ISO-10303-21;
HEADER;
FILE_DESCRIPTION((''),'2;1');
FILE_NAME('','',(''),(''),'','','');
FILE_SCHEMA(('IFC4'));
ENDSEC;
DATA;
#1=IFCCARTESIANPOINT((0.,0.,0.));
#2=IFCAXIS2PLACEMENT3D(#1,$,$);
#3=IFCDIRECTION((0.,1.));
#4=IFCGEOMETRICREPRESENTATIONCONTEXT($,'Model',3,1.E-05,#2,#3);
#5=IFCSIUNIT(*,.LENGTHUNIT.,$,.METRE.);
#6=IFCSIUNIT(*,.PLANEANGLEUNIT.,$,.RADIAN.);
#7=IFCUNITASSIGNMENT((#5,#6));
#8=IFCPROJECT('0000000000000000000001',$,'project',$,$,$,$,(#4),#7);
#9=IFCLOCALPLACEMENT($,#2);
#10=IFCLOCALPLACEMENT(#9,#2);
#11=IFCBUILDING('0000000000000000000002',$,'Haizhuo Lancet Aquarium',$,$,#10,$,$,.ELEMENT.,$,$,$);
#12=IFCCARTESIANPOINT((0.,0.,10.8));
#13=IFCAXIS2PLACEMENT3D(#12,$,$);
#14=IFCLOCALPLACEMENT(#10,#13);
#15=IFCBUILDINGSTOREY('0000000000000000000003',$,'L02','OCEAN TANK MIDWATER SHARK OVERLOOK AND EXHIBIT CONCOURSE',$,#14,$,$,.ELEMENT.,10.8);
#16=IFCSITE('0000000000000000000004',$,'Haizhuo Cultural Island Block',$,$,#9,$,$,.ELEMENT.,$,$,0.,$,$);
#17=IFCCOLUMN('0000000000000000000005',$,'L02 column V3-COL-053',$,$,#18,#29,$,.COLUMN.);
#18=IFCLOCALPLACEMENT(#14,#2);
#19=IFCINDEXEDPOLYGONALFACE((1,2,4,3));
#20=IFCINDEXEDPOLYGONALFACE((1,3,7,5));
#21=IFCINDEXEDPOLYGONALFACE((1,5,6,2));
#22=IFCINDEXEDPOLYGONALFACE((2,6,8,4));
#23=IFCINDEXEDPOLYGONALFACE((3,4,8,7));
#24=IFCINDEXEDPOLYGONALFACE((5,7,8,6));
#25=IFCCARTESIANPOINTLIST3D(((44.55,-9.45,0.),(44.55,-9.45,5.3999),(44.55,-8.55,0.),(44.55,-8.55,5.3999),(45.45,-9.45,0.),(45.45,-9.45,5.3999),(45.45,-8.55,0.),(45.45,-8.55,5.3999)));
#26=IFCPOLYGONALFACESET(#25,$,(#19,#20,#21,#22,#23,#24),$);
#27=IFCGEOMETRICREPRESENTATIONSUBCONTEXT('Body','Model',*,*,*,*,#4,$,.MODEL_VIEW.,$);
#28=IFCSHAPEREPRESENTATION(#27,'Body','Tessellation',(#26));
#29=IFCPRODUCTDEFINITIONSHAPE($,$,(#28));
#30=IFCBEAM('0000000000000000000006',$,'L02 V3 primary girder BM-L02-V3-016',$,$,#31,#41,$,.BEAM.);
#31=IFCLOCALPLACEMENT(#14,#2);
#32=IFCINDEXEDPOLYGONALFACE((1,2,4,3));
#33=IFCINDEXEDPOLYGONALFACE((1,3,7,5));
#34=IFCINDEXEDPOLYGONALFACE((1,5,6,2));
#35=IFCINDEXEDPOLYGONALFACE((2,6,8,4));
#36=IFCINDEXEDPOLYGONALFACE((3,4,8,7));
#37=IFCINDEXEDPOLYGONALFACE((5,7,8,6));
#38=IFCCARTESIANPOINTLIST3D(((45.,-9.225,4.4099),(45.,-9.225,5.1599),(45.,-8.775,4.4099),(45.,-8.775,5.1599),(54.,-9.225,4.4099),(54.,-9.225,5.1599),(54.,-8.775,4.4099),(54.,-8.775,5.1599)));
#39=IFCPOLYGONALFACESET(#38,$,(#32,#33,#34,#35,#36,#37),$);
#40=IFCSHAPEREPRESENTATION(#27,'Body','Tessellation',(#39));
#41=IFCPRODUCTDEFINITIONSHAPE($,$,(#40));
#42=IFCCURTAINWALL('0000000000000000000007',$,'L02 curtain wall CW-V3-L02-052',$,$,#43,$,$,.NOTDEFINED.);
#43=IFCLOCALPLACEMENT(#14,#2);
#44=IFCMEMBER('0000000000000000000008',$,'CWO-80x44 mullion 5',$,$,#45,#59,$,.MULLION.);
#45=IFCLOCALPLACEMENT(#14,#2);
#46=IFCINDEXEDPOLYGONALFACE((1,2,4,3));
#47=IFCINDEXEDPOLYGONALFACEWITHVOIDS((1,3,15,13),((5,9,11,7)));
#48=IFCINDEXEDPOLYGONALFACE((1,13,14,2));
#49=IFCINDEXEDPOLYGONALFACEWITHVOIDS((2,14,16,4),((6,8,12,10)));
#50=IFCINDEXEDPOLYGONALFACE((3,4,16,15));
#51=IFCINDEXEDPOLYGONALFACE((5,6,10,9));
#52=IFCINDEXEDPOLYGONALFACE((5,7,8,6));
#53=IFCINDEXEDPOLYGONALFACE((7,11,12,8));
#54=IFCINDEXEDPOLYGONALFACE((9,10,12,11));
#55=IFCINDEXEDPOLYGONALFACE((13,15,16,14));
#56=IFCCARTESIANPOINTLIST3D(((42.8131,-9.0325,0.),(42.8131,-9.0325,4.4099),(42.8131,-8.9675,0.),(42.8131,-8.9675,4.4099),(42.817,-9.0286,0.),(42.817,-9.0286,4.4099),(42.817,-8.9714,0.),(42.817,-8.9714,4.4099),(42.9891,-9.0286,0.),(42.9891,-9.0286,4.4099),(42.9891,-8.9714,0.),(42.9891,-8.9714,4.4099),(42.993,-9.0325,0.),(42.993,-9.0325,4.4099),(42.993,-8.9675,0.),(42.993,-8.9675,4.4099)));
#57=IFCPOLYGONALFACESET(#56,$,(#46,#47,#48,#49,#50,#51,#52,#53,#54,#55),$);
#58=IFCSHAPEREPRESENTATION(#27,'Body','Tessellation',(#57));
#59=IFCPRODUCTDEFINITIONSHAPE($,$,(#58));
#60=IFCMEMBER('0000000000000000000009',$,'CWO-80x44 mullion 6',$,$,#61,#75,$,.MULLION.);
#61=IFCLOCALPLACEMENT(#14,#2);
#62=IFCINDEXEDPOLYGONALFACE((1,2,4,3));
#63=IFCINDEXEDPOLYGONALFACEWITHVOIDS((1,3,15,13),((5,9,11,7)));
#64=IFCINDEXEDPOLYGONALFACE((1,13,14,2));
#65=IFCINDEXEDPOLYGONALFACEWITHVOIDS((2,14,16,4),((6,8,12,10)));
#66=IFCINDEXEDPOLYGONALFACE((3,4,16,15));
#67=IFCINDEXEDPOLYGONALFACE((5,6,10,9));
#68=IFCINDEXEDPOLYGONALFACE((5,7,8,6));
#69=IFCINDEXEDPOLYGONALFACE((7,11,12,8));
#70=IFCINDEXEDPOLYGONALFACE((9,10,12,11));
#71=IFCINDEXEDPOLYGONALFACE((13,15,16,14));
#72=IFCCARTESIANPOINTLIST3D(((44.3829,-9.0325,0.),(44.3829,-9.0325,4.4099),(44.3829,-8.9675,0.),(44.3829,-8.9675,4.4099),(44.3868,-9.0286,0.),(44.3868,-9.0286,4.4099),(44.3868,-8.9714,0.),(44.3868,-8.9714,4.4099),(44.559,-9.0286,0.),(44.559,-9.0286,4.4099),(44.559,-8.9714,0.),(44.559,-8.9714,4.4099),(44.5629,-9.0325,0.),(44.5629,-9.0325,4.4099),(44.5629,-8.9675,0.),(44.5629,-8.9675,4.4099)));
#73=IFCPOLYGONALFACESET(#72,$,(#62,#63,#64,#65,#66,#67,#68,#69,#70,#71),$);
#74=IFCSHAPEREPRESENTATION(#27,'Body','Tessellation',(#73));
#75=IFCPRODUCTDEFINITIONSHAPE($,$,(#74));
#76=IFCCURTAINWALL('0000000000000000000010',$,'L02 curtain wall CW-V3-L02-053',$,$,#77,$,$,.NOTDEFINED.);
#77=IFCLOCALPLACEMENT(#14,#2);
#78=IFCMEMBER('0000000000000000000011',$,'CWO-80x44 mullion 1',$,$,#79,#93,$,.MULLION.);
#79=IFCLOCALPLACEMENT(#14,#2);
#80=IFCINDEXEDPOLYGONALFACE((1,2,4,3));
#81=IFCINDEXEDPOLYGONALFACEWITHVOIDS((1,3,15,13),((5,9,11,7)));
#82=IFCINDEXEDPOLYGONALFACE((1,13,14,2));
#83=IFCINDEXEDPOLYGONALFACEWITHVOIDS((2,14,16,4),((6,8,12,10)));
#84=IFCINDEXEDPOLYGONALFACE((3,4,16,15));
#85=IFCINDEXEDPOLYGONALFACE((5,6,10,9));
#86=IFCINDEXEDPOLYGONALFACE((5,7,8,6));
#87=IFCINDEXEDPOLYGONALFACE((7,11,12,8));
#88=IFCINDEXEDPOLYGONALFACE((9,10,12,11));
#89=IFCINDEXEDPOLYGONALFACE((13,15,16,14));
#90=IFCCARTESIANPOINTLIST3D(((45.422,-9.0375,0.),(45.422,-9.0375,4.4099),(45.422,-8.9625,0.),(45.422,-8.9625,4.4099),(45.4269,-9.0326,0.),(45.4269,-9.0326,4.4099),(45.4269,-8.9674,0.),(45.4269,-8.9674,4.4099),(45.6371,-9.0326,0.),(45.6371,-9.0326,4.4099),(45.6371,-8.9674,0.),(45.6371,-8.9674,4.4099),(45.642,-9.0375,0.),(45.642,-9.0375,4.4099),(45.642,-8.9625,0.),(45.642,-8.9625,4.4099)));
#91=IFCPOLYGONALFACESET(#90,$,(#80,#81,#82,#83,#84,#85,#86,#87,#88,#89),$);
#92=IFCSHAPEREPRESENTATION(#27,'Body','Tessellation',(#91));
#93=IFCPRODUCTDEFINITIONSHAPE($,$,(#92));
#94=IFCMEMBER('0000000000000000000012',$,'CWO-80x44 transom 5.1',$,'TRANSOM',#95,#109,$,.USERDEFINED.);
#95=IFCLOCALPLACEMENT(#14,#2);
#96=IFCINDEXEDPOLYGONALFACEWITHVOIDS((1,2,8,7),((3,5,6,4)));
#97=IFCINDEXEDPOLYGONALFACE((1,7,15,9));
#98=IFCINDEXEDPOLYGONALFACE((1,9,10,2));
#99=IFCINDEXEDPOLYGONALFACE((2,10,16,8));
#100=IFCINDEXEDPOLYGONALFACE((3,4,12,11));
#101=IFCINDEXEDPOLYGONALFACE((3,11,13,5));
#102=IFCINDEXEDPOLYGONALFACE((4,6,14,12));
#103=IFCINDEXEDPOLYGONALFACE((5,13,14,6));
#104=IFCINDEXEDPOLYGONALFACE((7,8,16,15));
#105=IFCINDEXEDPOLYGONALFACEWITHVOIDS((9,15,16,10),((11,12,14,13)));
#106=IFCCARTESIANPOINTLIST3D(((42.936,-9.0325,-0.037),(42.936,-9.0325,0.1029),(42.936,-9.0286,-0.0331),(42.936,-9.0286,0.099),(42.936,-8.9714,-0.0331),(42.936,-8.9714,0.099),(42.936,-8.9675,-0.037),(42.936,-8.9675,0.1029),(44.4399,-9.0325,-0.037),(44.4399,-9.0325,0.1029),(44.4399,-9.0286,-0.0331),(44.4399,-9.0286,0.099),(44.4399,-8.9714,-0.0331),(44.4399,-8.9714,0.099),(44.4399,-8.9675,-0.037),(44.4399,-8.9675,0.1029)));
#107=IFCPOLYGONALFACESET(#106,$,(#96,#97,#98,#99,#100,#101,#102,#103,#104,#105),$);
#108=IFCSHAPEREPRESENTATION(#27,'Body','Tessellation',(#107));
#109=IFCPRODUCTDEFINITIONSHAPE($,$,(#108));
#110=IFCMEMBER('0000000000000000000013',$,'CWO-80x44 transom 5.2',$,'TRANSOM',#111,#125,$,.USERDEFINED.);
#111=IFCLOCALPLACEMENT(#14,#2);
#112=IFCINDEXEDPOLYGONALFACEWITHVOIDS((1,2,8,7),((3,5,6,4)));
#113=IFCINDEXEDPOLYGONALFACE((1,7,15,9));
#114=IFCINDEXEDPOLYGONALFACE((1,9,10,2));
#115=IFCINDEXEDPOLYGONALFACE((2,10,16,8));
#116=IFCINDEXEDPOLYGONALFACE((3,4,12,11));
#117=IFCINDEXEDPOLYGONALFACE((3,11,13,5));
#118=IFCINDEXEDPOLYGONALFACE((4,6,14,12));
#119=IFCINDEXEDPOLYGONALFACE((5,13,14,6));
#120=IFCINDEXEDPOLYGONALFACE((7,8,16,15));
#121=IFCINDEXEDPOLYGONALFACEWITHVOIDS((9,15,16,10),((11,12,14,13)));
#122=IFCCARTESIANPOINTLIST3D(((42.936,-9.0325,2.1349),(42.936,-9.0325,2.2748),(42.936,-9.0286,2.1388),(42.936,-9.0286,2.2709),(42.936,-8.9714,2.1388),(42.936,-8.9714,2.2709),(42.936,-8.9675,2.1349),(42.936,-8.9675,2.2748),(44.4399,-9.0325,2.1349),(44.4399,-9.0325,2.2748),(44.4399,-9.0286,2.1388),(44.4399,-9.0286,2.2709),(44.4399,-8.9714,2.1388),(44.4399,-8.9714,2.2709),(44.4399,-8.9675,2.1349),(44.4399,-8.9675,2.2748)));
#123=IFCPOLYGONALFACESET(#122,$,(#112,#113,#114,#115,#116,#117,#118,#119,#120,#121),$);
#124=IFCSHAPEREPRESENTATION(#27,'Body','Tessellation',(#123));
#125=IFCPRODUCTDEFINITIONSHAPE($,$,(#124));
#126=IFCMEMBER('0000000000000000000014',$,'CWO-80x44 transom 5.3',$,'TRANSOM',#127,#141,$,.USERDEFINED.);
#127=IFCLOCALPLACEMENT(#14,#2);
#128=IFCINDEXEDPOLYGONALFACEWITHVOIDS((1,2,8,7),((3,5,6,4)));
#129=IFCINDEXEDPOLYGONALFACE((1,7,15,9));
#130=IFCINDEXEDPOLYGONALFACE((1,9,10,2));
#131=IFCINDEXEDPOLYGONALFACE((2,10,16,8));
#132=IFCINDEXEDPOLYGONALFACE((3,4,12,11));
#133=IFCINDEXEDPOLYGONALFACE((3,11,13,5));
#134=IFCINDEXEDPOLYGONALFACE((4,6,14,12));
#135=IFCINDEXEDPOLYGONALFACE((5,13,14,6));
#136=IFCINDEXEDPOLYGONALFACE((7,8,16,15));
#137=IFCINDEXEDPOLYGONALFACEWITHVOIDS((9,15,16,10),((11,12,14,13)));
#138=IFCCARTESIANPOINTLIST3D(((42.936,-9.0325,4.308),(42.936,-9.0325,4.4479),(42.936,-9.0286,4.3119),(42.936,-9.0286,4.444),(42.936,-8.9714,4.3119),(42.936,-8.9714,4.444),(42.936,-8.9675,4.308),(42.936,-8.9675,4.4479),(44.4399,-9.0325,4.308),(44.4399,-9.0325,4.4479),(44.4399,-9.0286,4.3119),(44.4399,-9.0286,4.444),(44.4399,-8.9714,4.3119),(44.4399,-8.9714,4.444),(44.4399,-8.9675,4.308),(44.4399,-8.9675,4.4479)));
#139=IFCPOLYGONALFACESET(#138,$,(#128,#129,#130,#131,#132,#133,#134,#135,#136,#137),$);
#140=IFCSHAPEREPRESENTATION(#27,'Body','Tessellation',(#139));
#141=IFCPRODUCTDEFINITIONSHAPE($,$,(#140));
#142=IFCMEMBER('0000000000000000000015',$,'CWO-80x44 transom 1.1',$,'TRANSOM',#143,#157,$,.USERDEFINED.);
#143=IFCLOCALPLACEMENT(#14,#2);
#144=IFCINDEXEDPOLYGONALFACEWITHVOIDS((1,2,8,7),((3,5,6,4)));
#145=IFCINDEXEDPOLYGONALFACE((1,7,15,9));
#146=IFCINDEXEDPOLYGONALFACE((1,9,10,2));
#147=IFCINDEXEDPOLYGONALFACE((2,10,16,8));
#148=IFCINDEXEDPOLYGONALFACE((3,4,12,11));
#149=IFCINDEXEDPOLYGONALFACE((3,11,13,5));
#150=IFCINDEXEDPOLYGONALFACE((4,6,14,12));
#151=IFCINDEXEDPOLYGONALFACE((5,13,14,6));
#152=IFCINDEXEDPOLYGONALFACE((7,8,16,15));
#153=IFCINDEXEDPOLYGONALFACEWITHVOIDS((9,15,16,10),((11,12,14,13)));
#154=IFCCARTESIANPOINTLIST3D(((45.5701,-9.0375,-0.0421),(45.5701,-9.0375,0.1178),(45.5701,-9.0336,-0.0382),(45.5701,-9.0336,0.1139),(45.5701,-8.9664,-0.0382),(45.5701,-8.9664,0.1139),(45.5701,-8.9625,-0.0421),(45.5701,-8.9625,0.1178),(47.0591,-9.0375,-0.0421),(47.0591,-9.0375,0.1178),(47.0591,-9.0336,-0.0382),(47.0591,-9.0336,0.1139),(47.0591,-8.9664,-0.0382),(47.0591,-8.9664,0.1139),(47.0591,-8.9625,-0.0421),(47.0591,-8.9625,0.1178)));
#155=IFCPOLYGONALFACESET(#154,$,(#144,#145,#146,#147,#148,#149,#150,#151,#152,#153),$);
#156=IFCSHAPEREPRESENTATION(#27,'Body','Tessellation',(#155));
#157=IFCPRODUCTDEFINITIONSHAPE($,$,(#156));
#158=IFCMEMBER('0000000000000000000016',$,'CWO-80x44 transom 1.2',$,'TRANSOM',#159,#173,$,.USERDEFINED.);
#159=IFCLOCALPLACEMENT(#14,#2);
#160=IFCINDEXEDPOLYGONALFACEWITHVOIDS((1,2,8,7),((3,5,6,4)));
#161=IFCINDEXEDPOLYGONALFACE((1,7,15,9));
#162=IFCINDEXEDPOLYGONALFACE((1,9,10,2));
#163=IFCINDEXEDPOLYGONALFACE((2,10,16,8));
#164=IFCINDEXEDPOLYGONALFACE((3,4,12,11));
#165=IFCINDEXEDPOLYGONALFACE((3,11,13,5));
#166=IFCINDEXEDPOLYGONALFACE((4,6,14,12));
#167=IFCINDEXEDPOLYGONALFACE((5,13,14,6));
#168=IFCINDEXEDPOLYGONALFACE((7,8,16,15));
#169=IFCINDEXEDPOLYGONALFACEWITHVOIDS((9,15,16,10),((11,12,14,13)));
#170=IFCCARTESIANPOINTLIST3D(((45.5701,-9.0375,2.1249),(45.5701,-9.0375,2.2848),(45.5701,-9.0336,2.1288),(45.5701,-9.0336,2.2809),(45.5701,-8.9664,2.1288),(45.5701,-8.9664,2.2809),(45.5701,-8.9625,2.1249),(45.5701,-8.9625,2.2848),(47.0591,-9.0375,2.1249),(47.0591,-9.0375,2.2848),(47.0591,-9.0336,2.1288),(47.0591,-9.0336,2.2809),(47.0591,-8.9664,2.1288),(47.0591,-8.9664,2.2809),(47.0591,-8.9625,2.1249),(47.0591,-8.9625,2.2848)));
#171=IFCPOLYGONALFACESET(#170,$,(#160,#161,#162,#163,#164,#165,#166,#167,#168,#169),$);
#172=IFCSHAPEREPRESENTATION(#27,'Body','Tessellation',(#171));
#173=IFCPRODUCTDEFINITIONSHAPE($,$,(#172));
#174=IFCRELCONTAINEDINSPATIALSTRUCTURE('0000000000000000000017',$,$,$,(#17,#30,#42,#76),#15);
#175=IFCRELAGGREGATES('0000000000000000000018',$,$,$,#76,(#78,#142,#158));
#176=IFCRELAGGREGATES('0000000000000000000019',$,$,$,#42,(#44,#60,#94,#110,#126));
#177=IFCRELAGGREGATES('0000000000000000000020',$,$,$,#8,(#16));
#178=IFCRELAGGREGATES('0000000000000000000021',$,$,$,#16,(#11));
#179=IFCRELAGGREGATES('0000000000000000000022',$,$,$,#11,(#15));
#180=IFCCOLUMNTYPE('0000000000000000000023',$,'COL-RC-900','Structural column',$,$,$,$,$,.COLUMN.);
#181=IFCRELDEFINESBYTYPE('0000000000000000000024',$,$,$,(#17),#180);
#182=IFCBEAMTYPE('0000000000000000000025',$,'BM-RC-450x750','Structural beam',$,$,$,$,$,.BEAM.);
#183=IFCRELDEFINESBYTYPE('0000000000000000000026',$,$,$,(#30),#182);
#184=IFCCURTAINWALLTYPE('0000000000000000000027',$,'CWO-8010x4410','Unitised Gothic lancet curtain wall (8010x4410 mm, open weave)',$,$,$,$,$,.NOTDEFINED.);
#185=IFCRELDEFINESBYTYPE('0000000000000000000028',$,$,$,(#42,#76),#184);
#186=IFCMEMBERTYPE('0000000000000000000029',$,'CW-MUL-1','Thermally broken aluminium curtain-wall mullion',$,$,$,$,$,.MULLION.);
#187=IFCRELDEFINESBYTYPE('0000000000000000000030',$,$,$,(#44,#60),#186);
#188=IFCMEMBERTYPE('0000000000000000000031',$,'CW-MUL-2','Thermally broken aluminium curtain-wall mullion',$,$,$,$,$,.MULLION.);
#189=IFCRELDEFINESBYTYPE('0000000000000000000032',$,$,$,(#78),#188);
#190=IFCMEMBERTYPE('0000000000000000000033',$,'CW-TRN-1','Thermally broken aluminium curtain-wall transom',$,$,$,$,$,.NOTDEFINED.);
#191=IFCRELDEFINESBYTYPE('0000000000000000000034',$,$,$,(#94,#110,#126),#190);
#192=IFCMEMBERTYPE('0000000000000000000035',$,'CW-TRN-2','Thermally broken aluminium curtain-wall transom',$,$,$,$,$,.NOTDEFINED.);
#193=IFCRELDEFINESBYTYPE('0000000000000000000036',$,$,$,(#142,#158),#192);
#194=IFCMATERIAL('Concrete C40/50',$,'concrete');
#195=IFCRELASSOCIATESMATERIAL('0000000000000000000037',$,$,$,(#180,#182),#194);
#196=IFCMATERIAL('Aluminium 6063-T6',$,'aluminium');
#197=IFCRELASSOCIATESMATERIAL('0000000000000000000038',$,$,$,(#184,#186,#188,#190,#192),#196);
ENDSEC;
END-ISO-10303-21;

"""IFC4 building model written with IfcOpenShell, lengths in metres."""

from ifc_helpers import new_model, si_unit, direction, frame, origin, origin_2d, place, context, subcontext, project, spatial, rectangle, hollow_rectangle, extrude, material, material_profile, profile_set, type_object, element, aggregate, save


model = new_model("IFC4")

# Units and contexts
model_context = context("Model", 3, precision=1e-05, world=origin(), true_north=direction((0.0, 1.0)))
body_context = subcontext(model_context, "Body", "Model", "MODEL_VIEW")
ifc_project = project(units=[si_unit("LENGTHUNIT", "METRE"), si_unit("PLANEANGLEUNIT", "RADIAN")], contexts=[model_context])

# Site, building, storey
site_placement = place(None, origin())
site = spatial("IfcSite", under=ifc_project, at=site_placement, Name="Haizhuo Cultural Island Block", CompositionType="ELEMENT", RefElevation=0.0)
building_placement = place(site_placement, origin())
building = spatial("IfcBuilding", under=site, at=building_placement, Name="Haizhuo Lancet Aquarium", CompositionType="ELEMENT")
storey_placement = place(building_placement, frame((0.0, 0.0, 10.8)))
storey = spatial("IfcBuildingStorey", under=building, at=storey_placement, Name="L02", Description="OCEAN TANK MIDWATER SHARK OVERLOOK AND EXHIBIT CONCOURSE", CompositionType="ELEMENT", Elevation=10.8)

# Column
ifc_material_1 = material(Name="Concrete C40/50", Category="concrete")
ifc_material_profile_1 = material_profile(ifc_material_1, rectangle(XDim=0.8999, YDim=0.8999, at=origin_2d()), Name="RC-COL 900x900")
ifc_profile_set_1 = profile_set([ifc_material_profile_1], Name="Concrete C40/50")
column_type = type_object("IfcColumnType", Name="COL-RC-900", Description="Structural column", PredefinedType="COLUMN", material=ifc_profile_set_1)
column_placement = place(storey_placement, frame((45.0, -9.0, 0.0), z_axis=(0.0, 0.0, 1.0), x_axis=(1.0, 0.0, 0.0)))
element("IfcColumn", 1, at=column_placement, inside=storey, type_object=column_type, Name="L02 column V3-COL-053", PredefinedType="COLUMN", context=body_context, shape_type="SweptSolid", body=[
    extrude(rectangle(XDim=0.8999, YDim=0.8999, at=origin_2d()), origin(), (0.0, 0.0, 1.0), 5.3999),
])

# Beam
ifc_material_profile_2 = material_profile(ifc_material_1, rectangle(XDim=0.45, YDim=0.75, at=origin_2d()), Name="RC-BM 450x750")
ifc_profile_set_2 = profile_set([ifc_material_profile_2], Name="Concrete C40/50")
beam_type = type_object("IfcBeamType", Name="BM-RC-450x750", Description="Structural beam", PredefinedType="BEAM", material=ifc_profile_set_2)
beam_placement = place(storey_placement, frame((45.0, -9.0, 4.7849), z_axis=(1.0, 0.0, 0.0), x_axis=(0.0, 1.0, 0.0)))
element("IfcBeam", 2, at=beam_placement, inside=storey, type_object=beam_type, Name="L02 V3 primary girder BM-L02-V3-016", PredefinedType="BEAM", context=body_context, shape_type="SweptSolid", body=[
    extrude(rectangle(XDim=0.45, YDim=0.75, at=origin_2d()), origin(), (0.0, 0.0, 1.0), 9.0),
])

# Curtain wall, members
ifc_material_2 = material(Name="Aluminium 6063-T6", Category="aluminium")
curtain_wall_type = type_object("IfcCurtainWallType", Name="CWO-8010x4410", Description="Unitised Gothic lancet curtain wall (8010x4410 mm, open weave)", PredefinedType="NOTDEFINED", material=ifc_material_2)
curtain_wall_1_placement = place(storey_placement, origin())
curtain_wall_1 = element("IfcCurtainWall", 3, at=curtain_wall_1_placement, inside=storey, type_object=curtain_wall_type, Name="L02 curtain wall CW-V3-L02-052", PredefinedType="NOTDEFINED")
ifc_material_profile_3 = material_profile(ifc_material_2, hollow_rectangle(XDim=0.0649, YDim=0.1799, WallThickness=0.0039, at=origin_2d()), Name="ALU-M 65x180x4")
ifc_profile_set_3 = profile_set([ifc_material_profile_3], Name="Aluminium 6063-T6")
member_type_1 = type_object("IfcMemberType", Name="CW-MUL-1", Description="Thermally broken aluminium curtain-wall mullion", PredefinedType="MULLION", material=ifc_profile_set_3)
member_1_placement = place(storey_placement, frame((42.9031, -9.0, 0.0), z_axis=(0.0, 0.0, 1.0), x_axis=(0.0, 1.0, 0.0)))
member_1 = element("IfcMember", 4, at=member_1_placement, type_object=member_type_1, Name="CWO-80x44 mullion 5", PredefinedType="MULLION", context=body_context, shape_type="SweptSolid", body=[
    extrude(hollow_rectangle(XDim=0.0649, YDim=0.1799, WallThickness=0.0039, at=origin_2d()), origin(), (0.0, 0.0, 1.0), 4.4099),
])
member_2_placement = place(storey_placement, frame((44.4729, -9.0, 0.0), z_axis=(0.0, 0.0, 1.0), x_axis=(0.0, 1.0, 0.0)))
member_2 = element("IfcMember", 5, at=member_2_placement, type_object=member_type_1, Name="CWO-80x44 mullion 6", PredefinedType="MULLION", context=body_context, shape_type="SweptSolid", body=[
    extrude(hollow_rectangle(XDim=0.0649, YDim=0.1799, WallThickness=0.0039, at=origin_2d()), origin(), (0.0, 0.0, 1.0), 4.4099),
])

# Curtain wall, member
curtain_wall_2_placement = place(storey_placement, origin())
curtain_wall_2 = element("IfcCurtainWall", 6, at=curtain_wall_2_placement, inside=storey, type_object=curtain_wall_type, Name="L02 curtain wall CW-V3-L02-053", PredefinedType="NOTDEFINED")
ifc_material_profile_4 = material_profile(ifc_material_2, hollow_rectangle(XDim=0.075, YDim=0.22, WallThickness=0.0049, at=origin_2d()), Name="ALU-M 75x220x5")
ifc_profile_set_4 = profile_set([ifc_material_profile_4], Name="Aluminium 6063-T6")
member_type_2 = type_object("IfcMemberType", Name="CW-MUL-2", Description="Thermally broken aluminium curtain-wall mullion", PredefinedType="MULLION", material=ifc_profile_set_4)
member_3_placement = place(storey_placement, frame((45.532, -9.0, 0.0), z_axis=(0.0, 0.0, 1.0), x_axis=(0.0, 1.0, 0.0)))
member_3 = element("IfcMember", 7, at=member_3_placement, type_object=member_type_2, Name="CWO-80x44 mullion 1", PredefinedType="MULLION", context=body_context, shape_type="SweptSolid", body=[
    extrude(hollow_rectangle(XDim=0.075, YDim=0.22, WallThickness=0.0049, at=origin_2d()), origin(), (0.0, 0.0, 1.0), 4.4099),
])

# Members
ifc_material_profile_5 = material_profile(ifc_material_2, hollow_rectangle(XDim=0.0649, YDim=0.1399, WallThickness=0.0039, at=origin_2d()), Name="ALU-T 65x140x4")
ifc_profile_set_5 = profile_set([ifc_material_profile_5], Name="Aluminium 6063-T6")
member_type_3 = type_object("IfcMemberType", Name="CW-TRN-1", Description="Thermally broken aluminium curtain-wall transom", PredefinedType="NOTDEFINED", material=ifc_profile_set_5)
member_4_placement = place(storey_placement, frame((42.936, -9.0, 0.033), z_axis=(1.0, 0.0, 0.0), x_axis=(0.0, 1.0, 0.0)))
member_4 = element("IfcMember", 8, at=member_4_placement, type_object=member_type_3, Name="CWO-80x44 transom 5.1", ObjectType="TRANSOM", PredefinedType="USERDEFINED", context=body_context, shape_type="SweptSolid", body=[
    extrude(hollow_rectangle(XDim=0.0649, YDim=0.1399, WallThickness=0.0039, at=origin_2d()), origin(), (0.0, 0.0, 1.0), 1.5039),
])
member_5_placement = place(storey_placement, frame((42.936, -9.0, 2.2048), z_axis=(1.0, 0.0, 0.0), x_axis=(0.0, 1.0, 0.0)))
member_5 = element("IfcMember", 9, at=member_5_placement, type_object=member_type_3, Name="CWO-80x44 transom 5.2", ObjectType="TRANSOM", PredefinedType="USERDEFINED", context=body_context, shape_type="SweptSolid", body=[
    extrude(hollow_rectangle(XDim=0.0649, YDim=0.1399, WallThickness=0.0039, at=origin_2d()), origin(), (0.0, 0.0, 1.0), 1.5039),
])
member_6_placement = place(storey_placement, frame((42.936, -9.0, 4.3779), z_axis=(1.0, 0.0, 0.0), x_axis=(0.0, 1.0, 0.0)))
member_6 = element("IfcMember", 10, at=member_6_placement, type_object=member_type_3, Name="CWO-80x44 transom 5.3", ObjectType="TRANSOM", PredefinedType="USERDEFINED", context=body_context, shape_type="SweptSolid", body=[
    extrude(hollow_rectangle(XDim=0.0649, YDim=0.1399, WallThickness=0.0039, at=origin_2d()), origin(), (0.0, 0.0, 1.0), 1.5039),
])
ifc_material_profile_6 = material_profile(ifc_material_2, hollow_rectangle(XDim=0.075, YDim=0.1599, WallThickness=0.0039, at=origin_2d()), Name="ALU-T 75x160x4")
ifc_profile_set_6 = profile_set([ifc_material_profile_6], Name="Aluminium 6063-T6")
member_type_4 = type_object("IfcMemberType", Name="CW-TRN-2", Description="Thermally broken aluminium curtain-wall transom", PredefinedType="NOTDEFINED", material=ifc_profile_set_6)
member_7_placement = place(storey_placement, frame((45.5701, -9.0, 0.0378), z_axis=(1.0, 0.0, 0.0), x_axis=(0.0, 1.0, 0.0)))
member_7 = element("IfcMember", 11, at=member_7_placement, type_object=member_type_4, Name="CWO-80x44 transom 1.1", ObjectType="TRANSOM", PredefinedType="USERDEFINED", context=body_context, shape_type="SweptSolid", body=[
    extrude(hollow_rectangle(XDim=0.075, YDim=0.1599, WallThickness=0.0039, at=origin_2d()), origin(), (0.0, 0.0, 1.0), 1.489),
])
member_8_placement = place(storey_placement, frame((45.5701, -9.0, 2.2048), z_axis=(1.0, 0.0, 0.0), x_axis=(0.0, 1.0, 0.0)))
member_8 = element("IfcMember", 12, at=member_8_placement, type_object=member_type_4, Name="CWO-80x44 transom 1.2", ObjectType="TRANSOM", PredefinedType="USERDEFINED", context=body_context, shape_type="SweptSolid", body=[
    extrude(hollow_rectangle(XDim=0.075, YDim=0.1599, WallThickness=0.0039, at=origin_2d()), origin(), (0.0, 0.0, 1.0), 1.489),
])

aggregate(curtain_wall_2, [member_3, member_7, member_8])
aggregate(curtain_wall_1, [member_1, member_2, member_4, member_5, member_6])

save(model, "model.ifc")
